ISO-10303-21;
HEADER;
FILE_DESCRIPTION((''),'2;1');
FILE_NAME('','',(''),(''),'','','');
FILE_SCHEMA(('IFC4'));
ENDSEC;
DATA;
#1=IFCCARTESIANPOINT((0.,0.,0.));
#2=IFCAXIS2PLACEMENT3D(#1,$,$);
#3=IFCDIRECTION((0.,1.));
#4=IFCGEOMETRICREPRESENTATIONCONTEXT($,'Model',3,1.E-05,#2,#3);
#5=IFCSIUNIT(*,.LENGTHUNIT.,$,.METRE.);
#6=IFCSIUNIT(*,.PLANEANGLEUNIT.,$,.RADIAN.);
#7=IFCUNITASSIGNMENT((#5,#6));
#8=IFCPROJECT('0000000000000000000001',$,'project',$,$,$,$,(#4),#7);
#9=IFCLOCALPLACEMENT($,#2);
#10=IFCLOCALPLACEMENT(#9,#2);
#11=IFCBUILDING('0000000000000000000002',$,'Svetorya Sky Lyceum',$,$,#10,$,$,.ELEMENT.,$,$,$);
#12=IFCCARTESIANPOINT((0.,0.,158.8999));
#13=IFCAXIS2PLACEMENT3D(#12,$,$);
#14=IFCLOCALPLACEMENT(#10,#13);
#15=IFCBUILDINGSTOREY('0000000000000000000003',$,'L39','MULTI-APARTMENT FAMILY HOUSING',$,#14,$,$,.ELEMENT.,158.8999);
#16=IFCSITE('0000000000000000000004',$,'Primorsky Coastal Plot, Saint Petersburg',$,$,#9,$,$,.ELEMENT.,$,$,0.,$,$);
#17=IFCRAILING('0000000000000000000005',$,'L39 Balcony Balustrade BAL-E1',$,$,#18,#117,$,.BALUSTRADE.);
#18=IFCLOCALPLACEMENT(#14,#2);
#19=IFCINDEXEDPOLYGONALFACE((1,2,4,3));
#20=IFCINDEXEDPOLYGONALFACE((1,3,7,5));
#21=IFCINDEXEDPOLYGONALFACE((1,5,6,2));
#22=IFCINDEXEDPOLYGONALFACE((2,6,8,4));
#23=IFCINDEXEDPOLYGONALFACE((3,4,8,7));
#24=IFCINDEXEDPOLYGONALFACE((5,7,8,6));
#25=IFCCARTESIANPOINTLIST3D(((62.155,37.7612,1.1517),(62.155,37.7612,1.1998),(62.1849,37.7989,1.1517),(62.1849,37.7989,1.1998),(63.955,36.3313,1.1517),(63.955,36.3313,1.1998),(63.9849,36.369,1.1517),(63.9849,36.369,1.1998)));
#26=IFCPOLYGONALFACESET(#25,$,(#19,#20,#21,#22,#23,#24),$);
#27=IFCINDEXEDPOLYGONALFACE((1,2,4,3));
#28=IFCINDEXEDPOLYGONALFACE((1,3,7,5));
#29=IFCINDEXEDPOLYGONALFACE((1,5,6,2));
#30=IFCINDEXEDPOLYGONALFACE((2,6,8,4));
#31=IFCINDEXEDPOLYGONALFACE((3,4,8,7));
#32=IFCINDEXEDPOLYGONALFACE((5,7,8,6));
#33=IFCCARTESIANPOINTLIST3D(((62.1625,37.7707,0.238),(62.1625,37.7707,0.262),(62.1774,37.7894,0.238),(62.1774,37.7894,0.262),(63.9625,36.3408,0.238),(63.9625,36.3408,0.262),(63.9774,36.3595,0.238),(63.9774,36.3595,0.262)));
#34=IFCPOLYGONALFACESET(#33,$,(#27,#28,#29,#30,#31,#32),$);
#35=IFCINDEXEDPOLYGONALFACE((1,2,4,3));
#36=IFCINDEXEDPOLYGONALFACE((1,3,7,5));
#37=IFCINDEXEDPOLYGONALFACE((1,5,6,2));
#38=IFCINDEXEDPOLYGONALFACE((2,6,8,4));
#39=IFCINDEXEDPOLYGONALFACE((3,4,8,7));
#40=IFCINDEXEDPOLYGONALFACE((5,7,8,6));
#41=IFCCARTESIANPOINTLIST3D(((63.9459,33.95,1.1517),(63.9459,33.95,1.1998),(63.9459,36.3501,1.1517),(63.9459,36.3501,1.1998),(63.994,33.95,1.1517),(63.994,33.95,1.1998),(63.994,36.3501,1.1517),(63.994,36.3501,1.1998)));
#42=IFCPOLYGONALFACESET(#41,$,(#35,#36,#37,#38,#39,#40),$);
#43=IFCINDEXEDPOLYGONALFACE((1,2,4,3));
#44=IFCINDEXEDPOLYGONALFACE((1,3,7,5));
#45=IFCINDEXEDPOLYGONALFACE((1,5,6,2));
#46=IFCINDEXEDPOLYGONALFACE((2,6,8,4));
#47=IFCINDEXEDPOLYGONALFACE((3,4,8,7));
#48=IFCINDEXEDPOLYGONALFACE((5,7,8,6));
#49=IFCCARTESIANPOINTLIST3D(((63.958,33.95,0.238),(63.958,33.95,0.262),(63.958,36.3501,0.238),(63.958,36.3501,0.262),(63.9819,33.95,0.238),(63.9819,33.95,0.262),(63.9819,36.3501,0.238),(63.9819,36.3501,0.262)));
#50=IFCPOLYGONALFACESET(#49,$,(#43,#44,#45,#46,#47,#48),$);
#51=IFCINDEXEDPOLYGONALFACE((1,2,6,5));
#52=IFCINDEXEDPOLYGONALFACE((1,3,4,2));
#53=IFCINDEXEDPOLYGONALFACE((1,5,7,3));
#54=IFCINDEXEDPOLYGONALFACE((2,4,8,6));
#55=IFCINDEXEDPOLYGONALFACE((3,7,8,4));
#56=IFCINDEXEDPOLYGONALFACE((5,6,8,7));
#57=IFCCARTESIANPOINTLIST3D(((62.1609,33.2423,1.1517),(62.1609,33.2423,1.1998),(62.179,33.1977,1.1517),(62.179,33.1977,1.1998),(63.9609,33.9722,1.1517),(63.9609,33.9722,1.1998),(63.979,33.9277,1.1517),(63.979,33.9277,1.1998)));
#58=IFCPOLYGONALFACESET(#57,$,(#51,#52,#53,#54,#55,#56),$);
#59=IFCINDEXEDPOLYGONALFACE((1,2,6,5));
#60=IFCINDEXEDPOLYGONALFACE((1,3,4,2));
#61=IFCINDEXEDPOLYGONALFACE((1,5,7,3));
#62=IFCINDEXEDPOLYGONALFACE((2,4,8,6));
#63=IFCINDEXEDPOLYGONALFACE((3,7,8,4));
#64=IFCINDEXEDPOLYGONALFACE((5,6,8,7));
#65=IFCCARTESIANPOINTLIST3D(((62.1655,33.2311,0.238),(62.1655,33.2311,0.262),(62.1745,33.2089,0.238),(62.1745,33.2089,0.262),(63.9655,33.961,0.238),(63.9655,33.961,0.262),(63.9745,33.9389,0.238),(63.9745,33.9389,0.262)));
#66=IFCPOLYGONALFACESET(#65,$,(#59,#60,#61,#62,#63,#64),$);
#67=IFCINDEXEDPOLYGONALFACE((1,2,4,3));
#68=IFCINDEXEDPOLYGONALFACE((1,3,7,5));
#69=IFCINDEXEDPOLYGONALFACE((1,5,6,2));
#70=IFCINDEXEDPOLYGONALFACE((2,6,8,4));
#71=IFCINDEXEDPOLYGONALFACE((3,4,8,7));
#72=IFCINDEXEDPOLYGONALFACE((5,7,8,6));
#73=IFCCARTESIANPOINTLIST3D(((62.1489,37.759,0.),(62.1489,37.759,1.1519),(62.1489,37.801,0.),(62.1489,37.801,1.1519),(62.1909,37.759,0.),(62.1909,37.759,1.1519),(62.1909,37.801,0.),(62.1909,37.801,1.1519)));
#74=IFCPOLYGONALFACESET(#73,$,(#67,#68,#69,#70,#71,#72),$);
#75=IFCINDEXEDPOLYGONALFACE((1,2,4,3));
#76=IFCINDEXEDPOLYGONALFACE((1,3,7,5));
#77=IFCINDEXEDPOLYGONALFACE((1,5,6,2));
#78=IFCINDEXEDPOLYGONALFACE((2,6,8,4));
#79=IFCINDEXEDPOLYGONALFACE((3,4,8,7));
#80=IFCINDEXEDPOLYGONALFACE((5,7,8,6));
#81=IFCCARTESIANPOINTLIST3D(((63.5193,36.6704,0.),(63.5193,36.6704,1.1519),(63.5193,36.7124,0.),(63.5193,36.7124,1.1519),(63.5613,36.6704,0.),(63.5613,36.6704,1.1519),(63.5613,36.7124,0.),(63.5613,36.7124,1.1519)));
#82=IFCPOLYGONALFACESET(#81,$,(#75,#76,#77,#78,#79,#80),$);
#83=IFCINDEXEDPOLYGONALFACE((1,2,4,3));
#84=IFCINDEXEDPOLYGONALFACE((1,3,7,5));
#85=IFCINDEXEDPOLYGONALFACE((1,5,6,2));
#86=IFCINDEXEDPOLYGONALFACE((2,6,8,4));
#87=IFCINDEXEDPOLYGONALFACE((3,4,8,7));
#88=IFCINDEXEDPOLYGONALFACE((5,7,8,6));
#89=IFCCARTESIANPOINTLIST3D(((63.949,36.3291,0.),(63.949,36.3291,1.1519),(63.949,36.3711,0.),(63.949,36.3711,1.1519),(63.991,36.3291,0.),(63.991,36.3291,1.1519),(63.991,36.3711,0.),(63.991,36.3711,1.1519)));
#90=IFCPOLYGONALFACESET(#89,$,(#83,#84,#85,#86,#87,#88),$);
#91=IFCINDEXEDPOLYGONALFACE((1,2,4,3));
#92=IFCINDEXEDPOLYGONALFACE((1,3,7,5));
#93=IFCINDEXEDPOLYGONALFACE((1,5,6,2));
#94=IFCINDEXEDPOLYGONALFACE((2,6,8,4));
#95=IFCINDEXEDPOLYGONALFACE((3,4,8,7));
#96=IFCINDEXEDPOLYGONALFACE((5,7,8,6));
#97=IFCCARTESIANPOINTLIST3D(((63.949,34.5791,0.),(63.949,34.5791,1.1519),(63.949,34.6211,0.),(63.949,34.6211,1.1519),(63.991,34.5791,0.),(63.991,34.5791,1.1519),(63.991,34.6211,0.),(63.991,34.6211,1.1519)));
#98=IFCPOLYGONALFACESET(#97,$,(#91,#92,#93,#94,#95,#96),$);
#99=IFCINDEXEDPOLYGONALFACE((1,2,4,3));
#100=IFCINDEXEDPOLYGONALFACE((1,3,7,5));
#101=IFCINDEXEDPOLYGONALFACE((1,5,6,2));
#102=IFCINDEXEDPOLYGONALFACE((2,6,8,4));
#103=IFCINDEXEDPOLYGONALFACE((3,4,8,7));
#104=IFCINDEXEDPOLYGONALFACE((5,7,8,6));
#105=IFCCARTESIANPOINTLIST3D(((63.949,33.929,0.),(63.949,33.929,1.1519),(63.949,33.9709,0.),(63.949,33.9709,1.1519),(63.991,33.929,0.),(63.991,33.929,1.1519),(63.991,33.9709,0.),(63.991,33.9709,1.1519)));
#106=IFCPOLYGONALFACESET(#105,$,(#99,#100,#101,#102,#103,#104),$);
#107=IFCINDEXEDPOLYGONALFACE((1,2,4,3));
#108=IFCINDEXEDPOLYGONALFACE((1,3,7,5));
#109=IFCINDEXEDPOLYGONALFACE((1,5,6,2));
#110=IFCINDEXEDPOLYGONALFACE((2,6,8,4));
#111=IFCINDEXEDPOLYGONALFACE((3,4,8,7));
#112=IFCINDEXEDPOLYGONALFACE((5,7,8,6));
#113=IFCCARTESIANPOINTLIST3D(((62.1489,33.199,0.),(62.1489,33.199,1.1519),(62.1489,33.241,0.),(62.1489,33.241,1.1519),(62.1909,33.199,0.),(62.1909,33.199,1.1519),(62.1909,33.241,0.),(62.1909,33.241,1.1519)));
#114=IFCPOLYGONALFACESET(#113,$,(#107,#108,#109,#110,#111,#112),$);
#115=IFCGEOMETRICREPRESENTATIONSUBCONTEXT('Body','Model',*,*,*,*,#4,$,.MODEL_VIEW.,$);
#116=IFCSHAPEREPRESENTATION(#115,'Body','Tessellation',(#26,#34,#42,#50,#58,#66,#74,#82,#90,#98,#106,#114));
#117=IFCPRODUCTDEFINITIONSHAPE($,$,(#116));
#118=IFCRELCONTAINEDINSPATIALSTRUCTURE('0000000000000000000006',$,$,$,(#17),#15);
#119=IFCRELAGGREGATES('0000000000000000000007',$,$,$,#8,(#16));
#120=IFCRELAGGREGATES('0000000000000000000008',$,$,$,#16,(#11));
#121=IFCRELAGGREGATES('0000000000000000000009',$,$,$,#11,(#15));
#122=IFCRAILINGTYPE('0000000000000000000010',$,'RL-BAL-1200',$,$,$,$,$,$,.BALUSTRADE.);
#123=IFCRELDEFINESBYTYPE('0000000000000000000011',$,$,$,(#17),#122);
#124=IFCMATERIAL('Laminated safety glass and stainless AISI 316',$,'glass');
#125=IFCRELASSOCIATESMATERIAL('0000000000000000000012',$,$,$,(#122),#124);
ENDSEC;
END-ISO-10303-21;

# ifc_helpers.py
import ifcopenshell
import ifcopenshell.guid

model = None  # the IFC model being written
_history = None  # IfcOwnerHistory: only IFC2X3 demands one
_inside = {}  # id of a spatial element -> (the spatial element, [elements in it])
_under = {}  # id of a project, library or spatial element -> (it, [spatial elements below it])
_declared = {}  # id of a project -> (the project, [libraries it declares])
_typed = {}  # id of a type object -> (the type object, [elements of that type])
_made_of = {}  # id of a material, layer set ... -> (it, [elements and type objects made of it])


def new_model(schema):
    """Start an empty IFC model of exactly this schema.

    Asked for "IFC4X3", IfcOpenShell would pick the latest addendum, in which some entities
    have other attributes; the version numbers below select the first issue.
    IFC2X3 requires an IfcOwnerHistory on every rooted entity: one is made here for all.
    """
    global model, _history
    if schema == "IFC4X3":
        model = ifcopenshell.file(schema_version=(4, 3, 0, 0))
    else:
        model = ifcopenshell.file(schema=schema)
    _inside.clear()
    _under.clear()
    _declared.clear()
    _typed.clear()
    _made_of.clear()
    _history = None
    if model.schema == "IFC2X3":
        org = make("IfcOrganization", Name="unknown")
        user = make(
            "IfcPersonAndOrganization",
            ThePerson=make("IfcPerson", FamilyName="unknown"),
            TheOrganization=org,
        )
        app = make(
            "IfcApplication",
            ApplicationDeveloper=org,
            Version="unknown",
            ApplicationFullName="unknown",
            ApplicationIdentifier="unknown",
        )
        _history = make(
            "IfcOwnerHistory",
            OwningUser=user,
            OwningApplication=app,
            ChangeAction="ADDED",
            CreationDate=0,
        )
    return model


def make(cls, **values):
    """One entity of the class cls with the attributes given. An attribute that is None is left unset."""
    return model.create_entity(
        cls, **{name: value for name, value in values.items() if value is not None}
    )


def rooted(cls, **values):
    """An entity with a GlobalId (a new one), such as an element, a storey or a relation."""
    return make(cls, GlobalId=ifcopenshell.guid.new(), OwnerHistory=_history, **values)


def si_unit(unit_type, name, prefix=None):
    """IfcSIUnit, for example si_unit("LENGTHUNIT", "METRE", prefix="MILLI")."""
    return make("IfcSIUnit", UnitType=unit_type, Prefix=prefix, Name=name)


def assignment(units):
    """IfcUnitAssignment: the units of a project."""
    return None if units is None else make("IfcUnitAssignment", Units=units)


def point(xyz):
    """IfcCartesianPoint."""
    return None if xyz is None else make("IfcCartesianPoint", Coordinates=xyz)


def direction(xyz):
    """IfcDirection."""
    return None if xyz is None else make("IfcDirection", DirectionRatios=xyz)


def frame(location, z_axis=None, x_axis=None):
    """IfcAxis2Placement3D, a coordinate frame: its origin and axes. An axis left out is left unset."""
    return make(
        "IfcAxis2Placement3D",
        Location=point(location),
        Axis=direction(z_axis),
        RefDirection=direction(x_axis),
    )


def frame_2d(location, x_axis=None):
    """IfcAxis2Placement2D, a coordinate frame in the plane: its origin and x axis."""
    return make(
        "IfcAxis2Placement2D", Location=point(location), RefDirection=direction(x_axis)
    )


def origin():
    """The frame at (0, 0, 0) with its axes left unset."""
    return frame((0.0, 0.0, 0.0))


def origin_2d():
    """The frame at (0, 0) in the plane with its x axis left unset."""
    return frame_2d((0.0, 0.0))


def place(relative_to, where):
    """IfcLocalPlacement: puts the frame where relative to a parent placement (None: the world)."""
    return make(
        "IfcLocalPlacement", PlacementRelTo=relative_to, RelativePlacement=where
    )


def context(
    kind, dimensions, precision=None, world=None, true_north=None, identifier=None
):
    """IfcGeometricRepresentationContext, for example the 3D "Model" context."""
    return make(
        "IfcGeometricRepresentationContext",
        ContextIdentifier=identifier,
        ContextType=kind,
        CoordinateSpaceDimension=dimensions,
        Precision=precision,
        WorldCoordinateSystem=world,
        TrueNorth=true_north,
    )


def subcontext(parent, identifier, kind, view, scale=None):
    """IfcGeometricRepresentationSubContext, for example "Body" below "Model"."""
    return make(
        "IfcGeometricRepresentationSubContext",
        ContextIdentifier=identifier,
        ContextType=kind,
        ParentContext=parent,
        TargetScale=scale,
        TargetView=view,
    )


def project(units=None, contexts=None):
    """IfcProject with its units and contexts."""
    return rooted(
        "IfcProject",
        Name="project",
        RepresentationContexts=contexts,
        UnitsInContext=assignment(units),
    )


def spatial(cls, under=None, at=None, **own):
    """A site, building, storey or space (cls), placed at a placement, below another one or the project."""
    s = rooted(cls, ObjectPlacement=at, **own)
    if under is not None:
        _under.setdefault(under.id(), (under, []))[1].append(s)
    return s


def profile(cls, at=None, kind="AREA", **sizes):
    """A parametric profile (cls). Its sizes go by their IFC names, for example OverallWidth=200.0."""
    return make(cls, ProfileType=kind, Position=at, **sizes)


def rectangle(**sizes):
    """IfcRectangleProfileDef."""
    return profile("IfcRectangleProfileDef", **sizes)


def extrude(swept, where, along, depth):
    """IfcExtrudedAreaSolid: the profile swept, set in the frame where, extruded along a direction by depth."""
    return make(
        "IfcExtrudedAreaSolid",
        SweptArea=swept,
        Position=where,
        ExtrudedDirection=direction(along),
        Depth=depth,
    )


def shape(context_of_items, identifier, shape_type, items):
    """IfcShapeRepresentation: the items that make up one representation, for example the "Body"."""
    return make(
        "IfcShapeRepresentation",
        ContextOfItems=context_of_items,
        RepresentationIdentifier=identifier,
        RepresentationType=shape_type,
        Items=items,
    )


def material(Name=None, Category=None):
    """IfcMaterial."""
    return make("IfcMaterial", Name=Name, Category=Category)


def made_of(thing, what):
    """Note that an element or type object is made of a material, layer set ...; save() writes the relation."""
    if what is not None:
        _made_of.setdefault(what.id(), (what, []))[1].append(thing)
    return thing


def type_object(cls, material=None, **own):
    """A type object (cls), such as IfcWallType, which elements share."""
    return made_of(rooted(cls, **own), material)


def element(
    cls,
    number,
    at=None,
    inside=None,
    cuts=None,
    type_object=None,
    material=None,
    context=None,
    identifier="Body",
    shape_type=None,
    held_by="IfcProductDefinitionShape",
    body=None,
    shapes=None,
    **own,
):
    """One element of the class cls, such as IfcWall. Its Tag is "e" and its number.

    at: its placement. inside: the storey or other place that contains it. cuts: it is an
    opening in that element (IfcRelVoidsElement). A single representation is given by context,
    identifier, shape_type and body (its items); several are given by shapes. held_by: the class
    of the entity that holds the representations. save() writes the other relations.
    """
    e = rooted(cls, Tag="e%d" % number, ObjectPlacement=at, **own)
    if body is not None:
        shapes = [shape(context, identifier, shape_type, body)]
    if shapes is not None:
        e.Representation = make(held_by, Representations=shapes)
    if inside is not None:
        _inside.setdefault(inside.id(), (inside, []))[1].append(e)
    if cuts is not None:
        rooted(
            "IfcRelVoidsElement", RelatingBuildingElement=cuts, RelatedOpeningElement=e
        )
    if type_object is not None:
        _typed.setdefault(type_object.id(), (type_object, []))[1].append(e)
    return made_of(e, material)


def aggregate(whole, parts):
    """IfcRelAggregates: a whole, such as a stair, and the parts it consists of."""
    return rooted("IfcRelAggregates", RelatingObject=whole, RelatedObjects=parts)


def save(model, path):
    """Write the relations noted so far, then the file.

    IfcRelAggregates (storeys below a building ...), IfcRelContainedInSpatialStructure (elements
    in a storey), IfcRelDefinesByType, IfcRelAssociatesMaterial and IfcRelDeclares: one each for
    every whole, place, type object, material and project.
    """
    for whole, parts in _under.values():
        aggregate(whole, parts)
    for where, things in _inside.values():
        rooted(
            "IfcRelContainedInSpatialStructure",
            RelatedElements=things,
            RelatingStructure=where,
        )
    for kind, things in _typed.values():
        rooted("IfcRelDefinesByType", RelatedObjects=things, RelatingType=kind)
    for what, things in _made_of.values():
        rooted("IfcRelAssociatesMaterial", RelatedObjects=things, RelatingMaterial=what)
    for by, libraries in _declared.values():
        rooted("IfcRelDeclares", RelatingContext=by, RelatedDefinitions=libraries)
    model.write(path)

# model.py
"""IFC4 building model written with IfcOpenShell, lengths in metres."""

from ifc_helpers import new_model, si_unit, direction, frame, origin, origin_2d, place, context, subcontext, project, spatial, rectangle, extrude, material, type_object, element, save


model = new_model("IFC4")

# Units and contexts
model_context = context("Model", 3, precision=1e-05, world=origin(), true_north=direction((0.0, 1.0)))
body_context = subcontext(model_context, "Body", "Model", "MODEL_VIEW")
ifc_project = project(units=[si_unit("LENGTHUNIT", "METRE"), si_unit("PLANEANGLEUNIT", "RADIAN")], contexts=[model_context])

# Site, building, storey
site_placement = place(None, origin())
site = spatial("IfcSite", under=ifc_project, at=site_placement, Name="Primorsky Coastal Plot, Saint Petersburg", CompositionType="ELEMENT", RefElevation=0.0)
building_placement = place(site_placement, origin())
building = spatial("IfcBuilding", under=site, at=building_placement, Name="Svetorya Sky Lyceum", CompositionType="ELEMENT")
storey_placement = place(building_placement, frame((0.0, 0.0, 158.8999)))
storey = spatial("IfcBuildingStorey", under=building, at=storey_placement, Name="L39", Description="MULTI-APARTMENT FAMILY HOUSING", CompositionType="ELEMENT", Elevation=158.8999)

# Railing
ifc_material_1 = material(Name="Laminated safety glass and stainless AISI 316", Category="glass")
railing_type = type_object("IfcRailingType", Name="RL-BAL-1200", PredefinedType="BALUSTRADE", material=ifc_material_1)
railing_placement = place(storey_placement, frame((62.1699, 37.78, 0.0)))
element("IfcRailing", 1, at=railing_placement, inside=storey, type_object=railing_type, Name="L39 Balcony Balustrade BAL-E1", PredefinedType="BALUSTRADE", context=body_context, shape_type="SweptSolid", body=[
    extrude(rectangle(XDim=0.0481, YDim=0.0481, at=origin_2d()), frame((0.0, 0.0, 1.1758), z_axis=(0.783009, -0.62201, 0.0), x_axis=(0.62201, 0.783009, 0.0)), (0.0, 0.0, 1.0), 2.2988),
    extrude(rectangle(XDim=0.0239, YDim=0.0239, at=origin_2d()), frame((0.0, 0.0, 0.25), z_axis=(0.783009, -0.62201, 0.0), x_axis=(0.62201, 0.783009, 0.0)), (0.0, 0.0, 1.0), 2.2988),
    extrude(rectangle(XDim=0.0481, YDim=0.0481, at=origin_2d()), frame((1.8, -1.4299, 1.1758), z_axis=(0.0, -1.0, 0.0), x_axis=(1.0, 0.0, 0.0)), (0.0, 0.0, 1.0), 2.4001),
    extrude(rectangle(XDim=0.0239, YDim=0.0239, at=origin_2d()), frame((1.8, -1.4299, 0.25), z_axis=(0.0, -1.0, 0.0), x_axis=(1.0, 0.0, 0.0)), (0.0, 0.0, 1.0), 2.4001),
    extrude(rectangle(XDim=0.0481, YDim=0.0481, at=origin_2d()), frame((1.8, -3.8301, 1.1758), z_axis=(-0.926698, -0.375807, 0.0), x_axis=(0.375807, -0.926698, 0.0)), (0.0, 0.0, 1.0), 1.9424),
    extrude(rectangle(XDim=0.0239, YDim=0.0239, at=origin_2d()), frame((1.8, -3.8301, 0.25), z_axis=(-0.926698, -0.375807, 0.0), x_axis=(0.375807, -0.926698, 0.0)), (0.0, 0.0, 1.0), 1.9424),
    extrude(rectangle(XDim=0.042, YDim=0.042, at=origin_2d()), origin(), (0.0, 0.0, 1.0), 1.1519),
    extrude(rectangle(XDim=0.042, YDim=0.042, at=origin_2d()), frame((1.3704, -1.0886, 0.0)), (0.0, 0.0, 1.0), 1.1519),
    extrude(rectangle(XDim=0.042, YDim=0.042, at=origin_2d()), frame((1.8, -1.4299, 0.0)), (0.0, 0.0, 1.0), 1.1519),
    extrude(rectangle(XDim=0.042, YDim=0.042, at=origin_2d()), frame((1.8, -3.1799, 0.0)), (0.0, 0.0, 1.0), 1.1519),
    extrude(rectangle(XDim=0.042, YDim=0.042, at=origin_2d()), frame((1.8, -3.8301, 0.0)), (0.0, 0.0, 1.0), 1.1519),
    extrude(rectangle(XDim=0.042, YDim=0.042, at=origin_2d()), frame((0.0, -4.5601, 0.0)), (0.0, 0.0, 1.0), 1.1519),
])

save(model, "model.ifc")
